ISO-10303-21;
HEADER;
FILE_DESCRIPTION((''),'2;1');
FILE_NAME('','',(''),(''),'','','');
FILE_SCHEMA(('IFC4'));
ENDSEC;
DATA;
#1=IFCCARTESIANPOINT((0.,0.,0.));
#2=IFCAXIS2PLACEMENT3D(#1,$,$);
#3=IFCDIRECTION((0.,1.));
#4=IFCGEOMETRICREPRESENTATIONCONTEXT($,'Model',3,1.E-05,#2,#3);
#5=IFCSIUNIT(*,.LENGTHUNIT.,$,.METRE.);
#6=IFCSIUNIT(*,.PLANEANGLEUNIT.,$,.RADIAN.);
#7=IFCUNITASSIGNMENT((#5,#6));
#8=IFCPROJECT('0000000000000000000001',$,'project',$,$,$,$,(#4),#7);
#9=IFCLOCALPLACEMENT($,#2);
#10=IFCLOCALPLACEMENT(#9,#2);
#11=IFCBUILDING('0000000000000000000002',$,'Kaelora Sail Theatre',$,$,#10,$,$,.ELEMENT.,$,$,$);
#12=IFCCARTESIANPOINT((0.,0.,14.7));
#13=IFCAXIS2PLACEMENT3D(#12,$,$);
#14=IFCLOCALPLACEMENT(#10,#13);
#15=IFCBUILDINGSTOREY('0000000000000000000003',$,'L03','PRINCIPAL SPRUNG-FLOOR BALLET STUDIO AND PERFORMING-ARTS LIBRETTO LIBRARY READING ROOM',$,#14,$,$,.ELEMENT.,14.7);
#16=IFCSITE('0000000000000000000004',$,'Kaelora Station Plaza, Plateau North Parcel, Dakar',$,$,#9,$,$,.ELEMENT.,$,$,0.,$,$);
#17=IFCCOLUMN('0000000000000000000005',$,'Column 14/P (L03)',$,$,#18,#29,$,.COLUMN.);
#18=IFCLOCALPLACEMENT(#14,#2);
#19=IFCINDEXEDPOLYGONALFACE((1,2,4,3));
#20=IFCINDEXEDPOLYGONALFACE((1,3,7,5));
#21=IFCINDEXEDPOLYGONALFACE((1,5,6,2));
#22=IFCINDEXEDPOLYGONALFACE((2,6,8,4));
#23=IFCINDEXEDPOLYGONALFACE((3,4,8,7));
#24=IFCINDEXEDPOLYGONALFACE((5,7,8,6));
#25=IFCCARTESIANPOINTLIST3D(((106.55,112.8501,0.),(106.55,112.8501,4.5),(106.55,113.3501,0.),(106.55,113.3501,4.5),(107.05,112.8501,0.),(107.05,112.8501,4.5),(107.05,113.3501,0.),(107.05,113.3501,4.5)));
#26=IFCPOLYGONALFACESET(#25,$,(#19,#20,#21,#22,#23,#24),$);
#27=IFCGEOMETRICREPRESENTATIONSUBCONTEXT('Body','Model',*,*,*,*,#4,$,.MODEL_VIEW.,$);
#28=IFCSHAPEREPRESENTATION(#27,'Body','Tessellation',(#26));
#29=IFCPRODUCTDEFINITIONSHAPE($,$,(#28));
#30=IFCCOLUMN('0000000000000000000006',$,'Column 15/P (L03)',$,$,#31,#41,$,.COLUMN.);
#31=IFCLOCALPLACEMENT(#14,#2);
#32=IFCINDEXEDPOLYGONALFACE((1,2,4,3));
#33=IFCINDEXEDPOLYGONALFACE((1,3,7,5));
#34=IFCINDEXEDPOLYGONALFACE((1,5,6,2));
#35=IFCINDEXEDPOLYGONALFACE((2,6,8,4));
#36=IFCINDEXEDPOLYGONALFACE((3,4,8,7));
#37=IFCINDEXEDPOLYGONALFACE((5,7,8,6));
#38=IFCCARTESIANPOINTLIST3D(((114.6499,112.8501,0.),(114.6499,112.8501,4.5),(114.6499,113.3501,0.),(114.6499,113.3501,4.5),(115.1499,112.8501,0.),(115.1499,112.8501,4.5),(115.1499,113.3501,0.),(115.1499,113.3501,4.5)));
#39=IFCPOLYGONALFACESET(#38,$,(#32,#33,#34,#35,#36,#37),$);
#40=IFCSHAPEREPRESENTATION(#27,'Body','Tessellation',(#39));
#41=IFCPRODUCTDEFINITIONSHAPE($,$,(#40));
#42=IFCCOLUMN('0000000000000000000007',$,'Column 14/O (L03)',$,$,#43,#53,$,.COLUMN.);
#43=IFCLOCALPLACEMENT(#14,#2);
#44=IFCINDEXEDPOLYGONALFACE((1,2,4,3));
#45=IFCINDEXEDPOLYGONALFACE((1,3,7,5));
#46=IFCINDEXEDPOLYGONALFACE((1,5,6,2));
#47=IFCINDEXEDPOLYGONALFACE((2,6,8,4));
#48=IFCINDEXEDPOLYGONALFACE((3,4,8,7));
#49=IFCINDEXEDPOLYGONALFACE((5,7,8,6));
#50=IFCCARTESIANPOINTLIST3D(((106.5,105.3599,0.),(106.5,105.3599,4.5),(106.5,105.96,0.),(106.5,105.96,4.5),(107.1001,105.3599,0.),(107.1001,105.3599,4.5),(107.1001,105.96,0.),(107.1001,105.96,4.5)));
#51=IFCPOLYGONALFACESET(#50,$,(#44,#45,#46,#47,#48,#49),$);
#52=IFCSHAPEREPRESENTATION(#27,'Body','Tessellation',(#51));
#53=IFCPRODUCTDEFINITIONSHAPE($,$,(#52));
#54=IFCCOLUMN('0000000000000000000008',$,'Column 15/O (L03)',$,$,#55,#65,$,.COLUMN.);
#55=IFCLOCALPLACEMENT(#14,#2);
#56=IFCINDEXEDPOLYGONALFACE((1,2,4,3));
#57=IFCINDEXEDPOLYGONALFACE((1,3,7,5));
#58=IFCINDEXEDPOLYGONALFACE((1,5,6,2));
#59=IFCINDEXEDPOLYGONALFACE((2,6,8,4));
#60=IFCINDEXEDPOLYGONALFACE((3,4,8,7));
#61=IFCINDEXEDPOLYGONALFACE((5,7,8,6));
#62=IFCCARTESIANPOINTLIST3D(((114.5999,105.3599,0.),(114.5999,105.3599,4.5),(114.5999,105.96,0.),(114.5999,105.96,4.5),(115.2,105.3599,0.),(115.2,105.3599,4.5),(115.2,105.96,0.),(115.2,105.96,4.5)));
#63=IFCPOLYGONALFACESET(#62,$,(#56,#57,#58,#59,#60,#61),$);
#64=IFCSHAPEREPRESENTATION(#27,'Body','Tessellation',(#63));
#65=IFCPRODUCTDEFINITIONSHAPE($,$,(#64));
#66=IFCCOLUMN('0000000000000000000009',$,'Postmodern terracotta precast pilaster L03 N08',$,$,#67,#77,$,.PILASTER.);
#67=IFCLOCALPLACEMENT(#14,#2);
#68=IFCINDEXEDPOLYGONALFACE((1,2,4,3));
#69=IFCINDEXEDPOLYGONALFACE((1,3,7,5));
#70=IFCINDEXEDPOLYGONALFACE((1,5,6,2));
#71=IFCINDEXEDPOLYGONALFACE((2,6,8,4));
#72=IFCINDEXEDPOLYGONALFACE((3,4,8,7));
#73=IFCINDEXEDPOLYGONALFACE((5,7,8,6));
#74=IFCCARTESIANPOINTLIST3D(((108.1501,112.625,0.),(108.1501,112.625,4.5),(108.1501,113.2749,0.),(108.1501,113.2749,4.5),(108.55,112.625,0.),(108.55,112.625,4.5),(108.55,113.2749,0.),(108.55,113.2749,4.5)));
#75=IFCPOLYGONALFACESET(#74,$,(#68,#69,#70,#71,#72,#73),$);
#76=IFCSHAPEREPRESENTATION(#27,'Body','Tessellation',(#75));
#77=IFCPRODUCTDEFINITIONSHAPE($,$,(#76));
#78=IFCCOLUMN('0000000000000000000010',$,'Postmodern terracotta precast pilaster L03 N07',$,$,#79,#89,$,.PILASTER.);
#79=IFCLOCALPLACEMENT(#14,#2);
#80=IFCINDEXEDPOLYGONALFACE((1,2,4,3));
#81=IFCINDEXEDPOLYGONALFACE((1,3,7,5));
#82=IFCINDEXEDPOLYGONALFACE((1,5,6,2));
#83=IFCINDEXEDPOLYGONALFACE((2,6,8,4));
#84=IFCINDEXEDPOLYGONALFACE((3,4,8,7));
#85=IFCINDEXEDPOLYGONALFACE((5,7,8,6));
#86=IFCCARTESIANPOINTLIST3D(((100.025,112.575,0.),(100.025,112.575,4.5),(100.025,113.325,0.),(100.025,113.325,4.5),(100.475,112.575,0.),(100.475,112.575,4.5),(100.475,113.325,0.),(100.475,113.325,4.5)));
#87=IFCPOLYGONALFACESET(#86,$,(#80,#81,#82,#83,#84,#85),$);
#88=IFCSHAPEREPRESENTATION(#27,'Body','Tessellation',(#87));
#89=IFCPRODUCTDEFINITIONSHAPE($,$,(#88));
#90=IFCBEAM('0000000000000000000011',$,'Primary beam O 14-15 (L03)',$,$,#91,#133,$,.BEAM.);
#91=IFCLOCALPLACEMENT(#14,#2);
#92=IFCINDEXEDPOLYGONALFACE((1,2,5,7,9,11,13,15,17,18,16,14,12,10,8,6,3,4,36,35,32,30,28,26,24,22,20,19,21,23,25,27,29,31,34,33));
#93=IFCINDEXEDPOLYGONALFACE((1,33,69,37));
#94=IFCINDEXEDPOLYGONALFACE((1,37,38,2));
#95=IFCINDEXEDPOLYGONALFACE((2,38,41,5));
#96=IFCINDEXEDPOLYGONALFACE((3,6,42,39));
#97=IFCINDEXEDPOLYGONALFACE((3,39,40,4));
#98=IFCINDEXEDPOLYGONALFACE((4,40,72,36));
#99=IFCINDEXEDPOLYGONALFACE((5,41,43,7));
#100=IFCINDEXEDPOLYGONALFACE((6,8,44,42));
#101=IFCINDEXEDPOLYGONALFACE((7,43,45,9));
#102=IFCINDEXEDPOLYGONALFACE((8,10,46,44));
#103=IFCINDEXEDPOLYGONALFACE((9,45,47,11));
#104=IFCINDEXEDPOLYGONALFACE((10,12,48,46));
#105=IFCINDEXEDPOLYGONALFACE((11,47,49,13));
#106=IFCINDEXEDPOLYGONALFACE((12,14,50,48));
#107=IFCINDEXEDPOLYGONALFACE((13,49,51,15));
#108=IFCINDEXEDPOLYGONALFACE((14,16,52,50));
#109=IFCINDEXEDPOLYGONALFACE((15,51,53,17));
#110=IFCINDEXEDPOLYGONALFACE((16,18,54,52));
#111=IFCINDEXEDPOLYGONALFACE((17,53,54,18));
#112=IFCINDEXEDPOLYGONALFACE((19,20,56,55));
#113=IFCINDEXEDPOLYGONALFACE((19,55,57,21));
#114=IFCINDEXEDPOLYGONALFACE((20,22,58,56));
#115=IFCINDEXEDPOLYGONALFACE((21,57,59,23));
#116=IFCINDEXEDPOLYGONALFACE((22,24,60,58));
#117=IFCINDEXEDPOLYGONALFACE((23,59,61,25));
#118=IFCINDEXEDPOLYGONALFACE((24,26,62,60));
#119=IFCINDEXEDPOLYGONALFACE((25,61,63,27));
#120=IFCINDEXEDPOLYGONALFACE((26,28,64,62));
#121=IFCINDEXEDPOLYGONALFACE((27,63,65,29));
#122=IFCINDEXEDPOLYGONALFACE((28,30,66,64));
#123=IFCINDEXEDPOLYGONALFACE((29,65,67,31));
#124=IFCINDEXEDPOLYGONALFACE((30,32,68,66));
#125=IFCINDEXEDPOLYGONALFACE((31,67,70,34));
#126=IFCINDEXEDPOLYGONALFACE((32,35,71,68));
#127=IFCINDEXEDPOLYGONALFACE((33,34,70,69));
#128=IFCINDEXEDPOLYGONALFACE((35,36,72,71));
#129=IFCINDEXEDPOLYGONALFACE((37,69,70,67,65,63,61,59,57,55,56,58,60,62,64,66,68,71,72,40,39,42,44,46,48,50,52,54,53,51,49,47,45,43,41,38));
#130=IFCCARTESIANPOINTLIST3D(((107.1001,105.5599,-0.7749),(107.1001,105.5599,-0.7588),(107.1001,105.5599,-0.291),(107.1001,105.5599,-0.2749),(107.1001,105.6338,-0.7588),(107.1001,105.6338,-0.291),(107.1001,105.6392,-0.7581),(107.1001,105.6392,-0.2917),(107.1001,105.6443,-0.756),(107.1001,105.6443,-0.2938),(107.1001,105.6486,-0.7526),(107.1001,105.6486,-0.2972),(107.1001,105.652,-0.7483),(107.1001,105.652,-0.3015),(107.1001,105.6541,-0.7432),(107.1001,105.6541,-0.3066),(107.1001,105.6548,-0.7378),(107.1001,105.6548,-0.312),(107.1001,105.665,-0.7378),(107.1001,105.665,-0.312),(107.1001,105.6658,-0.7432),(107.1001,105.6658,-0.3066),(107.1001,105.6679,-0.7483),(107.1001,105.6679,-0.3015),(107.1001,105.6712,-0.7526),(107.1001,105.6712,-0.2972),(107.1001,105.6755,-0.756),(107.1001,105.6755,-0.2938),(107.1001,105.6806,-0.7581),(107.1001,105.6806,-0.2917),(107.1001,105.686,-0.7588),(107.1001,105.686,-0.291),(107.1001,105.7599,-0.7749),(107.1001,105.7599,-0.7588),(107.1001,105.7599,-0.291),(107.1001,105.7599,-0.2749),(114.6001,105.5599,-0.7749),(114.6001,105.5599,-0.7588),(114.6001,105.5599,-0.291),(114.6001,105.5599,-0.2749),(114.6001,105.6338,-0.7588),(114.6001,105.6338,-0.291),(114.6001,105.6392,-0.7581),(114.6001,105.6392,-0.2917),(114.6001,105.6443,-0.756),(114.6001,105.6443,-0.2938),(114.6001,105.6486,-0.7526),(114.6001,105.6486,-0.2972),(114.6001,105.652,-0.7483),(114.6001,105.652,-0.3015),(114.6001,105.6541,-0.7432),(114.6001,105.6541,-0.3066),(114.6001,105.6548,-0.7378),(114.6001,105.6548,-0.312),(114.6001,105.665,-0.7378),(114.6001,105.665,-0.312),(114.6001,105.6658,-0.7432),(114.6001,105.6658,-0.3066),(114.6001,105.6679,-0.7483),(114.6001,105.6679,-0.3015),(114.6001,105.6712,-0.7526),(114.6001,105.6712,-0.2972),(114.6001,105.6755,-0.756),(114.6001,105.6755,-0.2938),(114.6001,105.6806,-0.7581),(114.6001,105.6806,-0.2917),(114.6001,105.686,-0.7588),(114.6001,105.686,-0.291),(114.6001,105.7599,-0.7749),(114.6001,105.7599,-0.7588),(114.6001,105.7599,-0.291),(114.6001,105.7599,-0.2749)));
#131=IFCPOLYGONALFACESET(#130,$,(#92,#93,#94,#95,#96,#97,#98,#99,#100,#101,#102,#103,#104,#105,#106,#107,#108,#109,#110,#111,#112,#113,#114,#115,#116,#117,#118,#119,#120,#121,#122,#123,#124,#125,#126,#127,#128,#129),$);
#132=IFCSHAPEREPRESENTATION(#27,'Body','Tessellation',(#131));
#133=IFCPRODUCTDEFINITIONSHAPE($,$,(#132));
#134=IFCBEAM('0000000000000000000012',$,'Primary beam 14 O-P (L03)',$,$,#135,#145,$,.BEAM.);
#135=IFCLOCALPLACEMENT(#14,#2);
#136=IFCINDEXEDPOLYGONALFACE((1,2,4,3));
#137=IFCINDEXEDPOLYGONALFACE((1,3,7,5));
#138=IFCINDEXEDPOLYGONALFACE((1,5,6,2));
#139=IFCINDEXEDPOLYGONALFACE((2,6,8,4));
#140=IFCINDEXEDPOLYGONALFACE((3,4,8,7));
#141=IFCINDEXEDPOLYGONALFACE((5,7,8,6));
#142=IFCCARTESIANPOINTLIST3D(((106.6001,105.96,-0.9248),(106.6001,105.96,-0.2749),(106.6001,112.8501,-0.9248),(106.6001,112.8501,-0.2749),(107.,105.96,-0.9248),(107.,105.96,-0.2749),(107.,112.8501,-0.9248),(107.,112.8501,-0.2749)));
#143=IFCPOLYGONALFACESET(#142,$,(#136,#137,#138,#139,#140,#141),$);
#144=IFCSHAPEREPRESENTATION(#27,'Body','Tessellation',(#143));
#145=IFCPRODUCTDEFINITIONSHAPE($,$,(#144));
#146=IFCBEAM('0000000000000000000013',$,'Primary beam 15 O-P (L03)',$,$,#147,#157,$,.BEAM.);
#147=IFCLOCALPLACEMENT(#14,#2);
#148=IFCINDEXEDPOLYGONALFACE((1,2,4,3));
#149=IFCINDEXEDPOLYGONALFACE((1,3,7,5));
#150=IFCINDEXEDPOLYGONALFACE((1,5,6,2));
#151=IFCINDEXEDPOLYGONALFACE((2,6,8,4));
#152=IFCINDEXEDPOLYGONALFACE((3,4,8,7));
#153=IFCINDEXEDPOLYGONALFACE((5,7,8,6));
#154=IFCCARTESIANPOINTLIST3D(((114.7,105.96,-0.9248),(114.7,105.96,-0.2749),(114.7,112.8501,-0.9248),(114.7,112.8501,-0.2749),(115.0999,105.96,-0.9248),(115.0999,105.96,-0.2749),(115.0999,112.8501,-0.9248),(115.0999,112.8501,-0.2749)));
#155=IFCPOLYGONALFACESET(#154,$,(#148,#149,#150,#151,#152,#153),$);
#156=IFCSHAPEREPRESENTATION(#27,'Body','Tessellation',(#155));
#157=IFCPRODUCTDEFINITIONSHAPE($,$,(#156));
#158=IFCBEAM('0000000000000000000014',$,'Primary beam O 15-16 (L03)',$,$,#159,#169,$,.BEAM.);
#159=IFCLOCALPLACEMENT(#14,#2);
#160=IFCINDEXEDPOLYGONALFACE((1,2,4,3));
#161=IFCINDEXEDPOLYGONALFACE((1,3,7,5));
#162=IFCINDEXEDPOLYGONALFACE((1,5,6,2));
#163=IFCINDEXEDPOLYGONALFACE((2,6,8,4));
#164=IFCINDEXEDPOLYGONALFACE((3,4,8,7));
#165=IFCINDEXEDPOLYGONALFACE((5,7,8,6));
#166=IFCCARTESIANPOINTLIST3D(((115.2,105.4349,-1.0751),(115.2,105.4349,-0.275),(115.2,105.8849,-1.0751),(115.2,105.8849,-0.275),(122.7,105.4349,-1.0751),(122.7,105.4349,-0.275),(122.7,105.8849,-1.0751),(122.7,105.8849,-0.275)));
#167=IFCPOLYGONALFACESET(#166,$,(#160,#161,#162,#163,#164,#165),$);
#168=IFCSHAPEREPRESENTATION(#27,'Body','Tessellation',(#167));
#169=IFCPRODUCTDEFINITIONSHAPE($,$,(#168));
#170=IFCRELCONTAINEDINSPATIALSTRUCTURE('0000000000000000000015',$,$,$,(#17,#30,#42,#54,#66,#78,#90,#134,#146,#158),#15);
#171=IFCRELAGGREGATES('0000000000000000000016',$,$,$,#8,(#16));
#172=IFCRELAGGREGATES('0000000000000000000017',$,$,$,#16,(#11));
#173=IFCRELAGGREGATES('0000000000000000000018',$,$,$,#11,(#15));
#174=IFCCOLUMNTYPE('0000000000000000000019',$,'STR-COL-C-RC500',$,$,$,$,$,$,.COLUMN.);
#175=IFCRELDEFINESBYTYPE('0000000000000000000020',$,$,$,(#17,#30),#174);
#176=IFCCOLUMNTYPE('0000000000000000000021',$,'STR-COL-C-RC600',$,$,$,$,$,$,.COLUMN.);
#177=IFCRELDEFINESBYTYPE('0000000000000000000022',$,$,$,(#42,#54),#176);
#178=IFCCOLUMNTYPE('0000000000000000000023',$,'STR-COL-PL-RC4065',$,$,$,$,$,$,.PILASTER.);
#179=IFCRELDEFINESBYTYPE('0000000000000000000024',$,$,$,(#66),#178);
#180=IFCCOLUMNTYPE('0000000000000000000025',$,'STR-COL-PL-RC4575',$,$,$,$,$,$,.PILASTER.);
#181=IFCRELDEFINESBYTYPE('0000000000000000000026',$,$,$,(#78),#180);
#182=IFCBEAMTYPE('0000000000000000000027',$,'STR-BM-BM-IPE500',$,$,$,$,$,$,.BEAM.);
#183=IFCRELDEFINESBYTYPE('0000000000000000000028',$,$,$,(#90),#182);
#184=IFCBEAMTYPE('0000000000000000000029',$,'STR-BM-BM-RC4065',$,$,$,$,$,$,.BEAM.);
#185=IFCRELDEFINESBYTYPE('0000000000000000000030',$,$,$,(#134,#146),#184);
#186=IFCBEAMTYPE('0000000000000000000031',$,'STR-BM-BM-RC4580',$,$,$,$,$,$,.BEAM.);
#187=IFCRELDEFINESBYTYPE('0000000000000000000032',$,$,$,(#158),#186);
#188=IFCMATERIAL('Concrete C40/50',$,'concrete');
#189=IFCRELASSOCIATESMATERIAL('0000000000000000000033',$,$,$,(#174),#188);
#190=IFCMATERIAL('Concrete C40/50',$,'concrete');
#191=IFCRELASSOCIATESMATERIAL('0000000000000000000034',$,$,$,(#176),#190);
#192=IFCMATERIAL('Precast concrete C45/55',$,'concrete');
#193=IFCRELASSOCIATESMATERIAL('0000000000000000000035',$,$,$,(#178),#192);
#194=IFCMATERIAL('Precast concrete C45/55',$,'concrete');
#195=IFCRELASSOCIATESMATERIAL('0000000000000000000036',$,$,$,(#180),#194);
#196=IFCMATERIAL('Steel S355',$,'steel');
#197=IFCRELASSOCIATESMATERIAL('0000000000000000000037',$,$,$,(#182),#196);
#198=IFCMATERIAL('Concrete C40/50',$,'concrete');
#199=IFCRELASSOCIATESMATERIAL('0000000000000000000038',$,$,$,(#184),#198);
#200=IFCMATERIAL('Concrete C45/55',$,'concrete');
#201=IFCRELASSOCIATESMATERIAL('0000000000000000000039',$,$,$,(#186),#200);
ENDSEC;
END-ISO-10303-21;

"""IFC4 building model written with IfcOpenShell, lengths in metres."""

from ifc_helpers import new_model, si_unit, direction, frame, origin, origin_2d, place, context, subcontext, project, spatial, rectangle, i_section, extrude, material, material_profile, profile_set, type_object, element, save


model = new_model("IFC4")

# Units and contexts
model_context = context("Model", 3, precision=1e-05, world=origin(), true_north=direction((0.0, 1.0)))
body_context = subcontext(model_context, "Body", "Model", "MODEL_VIEW")
ifc_project = project(units=[si_unit("LENGTHUNIT", "METRE"), si_unit("PLANEANGLEUNIT", "RADIAN")], contexts=[model_context])

# Site, building, storey
site_placement = place(None, origin())
site = spatial("IfcSite", under=ifc_project, at=site_placement, Name="Kaelora Station Plaza, Plateau North Parcel, Dakar", CompositionType="ELEMENT", RefElevation=0.0)
building_placement = place(site_placement, origin())
building = spatial("IfcBuilding", under=site, at=building_placement, Name="Kaelora Sail Theatre", CompositionType="ELEMENT")
storey_placement = place(building_placement, frame((0.0, 0.0, 14.7)))
storey = spatial("IfcBuildingStorey", under=building, at=storey_placement, Name="L03", Description="PRINCIPAL SPRUNG-FLOOR BALLET STUDIO AND PERFORMING-ARTS LIBRETTO LIBRARY READING ROOM", CompositionType="ELEMENT", Elevation=14.7)

# Columns
ifc_material_1 = material(Name="Concrete C40/50", Category="concrete")
ifc_material_profile_1 = material_profile(ifc_material_1, rectangle(XDim=0.5, YDim=0.5, at=origin_2d()), Name="RC-COL 500x500")
ifc_profile_set_1 = profile_set([ifc_material_profile_1], Name="Concrete C40/50")
column_type_1 = type_object("IfcColumnType", Name="STR-COL-C-RC500", PredefinedType="COLUMN", material=ifc_profile_set_1)
for number, where, z_axis, x_axis, name in (
    (1, (106.8, 113.1001, 0.0), (0.0, 0.0, 1.0), (1.0, 0.0, 0.0), "Column 14/P (L03)"),
    (2, (114.8999, 113.1001, 0.0), (0.0, 0.0, 1.0), (1.0, 0.0, 0.0), "Column 15/P (L03)"),
):
    element("IfcColumn", number, at=place(storey_placement, frame(where, z_axis=z_axis, x_axis=x_axis)), inside=storey, type_object=column_type_1, Name=name, PredefinedType="COLUMN", context=body_context, shape_type="SweptSolid", body=[
        extrude(rectangle(XDim=0.5, YDim=0.5, at=origin_2d()), origin(), (0.0, 0.0, 1.0), 4.5),
    ])
ifc_material_2 = material(Name="Concrete C40/50", Category="concrete")
ifc_material_profile_2 = material_profile(ifc_material_2, rectangle(XDim=0.6001, YDim=0.6001, at=origin_2d()), Name="RC-COL 600x600")
ifc_profile_set_2 = profile_set([ifc_material_profile_2], Name="Concrete C40/50")
column_type_2 = type_object("IfcColumnType", Name="STR-COL-C-RC600", PredefinedType="COLUMN", material=ifc_profile_set_2)
for number, where, z_axis, x_axis, name in (
    (3, (106.8, 105.6599, 0.0), (0.0, 0.0, 1.0), (1.0, 0.0, 0.0), "Column 14/O (L03)"),
    (4, (114.8999, 105.6599, 0.0), (0.0, 0.0, 1.0), (1.0, 0.0, 0.0), "Column 15/O (L03)"),
):
    element("IfcColumn", number, at=place(storey_placement, frame(where, z_axis=z_axis, x_axis=x_axis)), inside=storey, type_object=column_type_2, Name=name, PredefinedType="COLUMN", context=body_context, shape_type="SweptSolid", body=[
        extrude(rectangle(XDim=0.6001, YDim=0.6001, at=origin_2d()), origin(), (0.0, 0.0, 1.0), 4.5),
    ])
ifc_material_3 = material(Name="Precast concrete C45/55", Category="concrete")
ifc_material_profile_3 = material_profile(ifc_material_3, rectangle(XDim=0.3999, YDim=0.6499, at=origin_2d()), Name="RC-PIL 400x650")
ifc_profile_set_3 = profile_set([ifc_material_profile_3], Name="Precast concrete C45/55")
column_type_3 = type_object("IfcColumnType", Name="STR-COL-PL-RC4065", PredefinedType="PILASTER", material=ifc_profile_set_3)
column_1_placement = place(storey_placement, frame((108.3501, 112.95, 0.0), z_axis=(0.0, 0.0, 1.0), x_axis=(1.0, 0.0, 0.0)))
element("IfcColumn", 5, at=column_1_placement, inside=storey, type_object=column_type_3, Name="Postmodern terracotta precast pilaster L03 N08", PredefinedType="PILASTER", context=body_context, shape_type="SweptSolid", body=[
    extrude(rectangle(XDim=0.3999, YDim=0.6499, at=origin_2d()), origin(), (0.0, 0.0, 1.0), 4.5),
])
ifc_material_4 = material(Name="Precast concrete C45/55", Category="concrete")
ifc_material_profile_4 = material_profile(ifc_material_4, rectangle(XDim=0.45, YDim=0.75, at=origin_2d()), Name="RC-PIL 450x750")
ifc_profile_set_4 = profile_set([ifc_material_profile_4], Name="Precast concrete C45/55")
column_type_4 = type_object("IfcColumnType", Name="STR-COL-PL-RC4575", PredefinedType="PILASTER", material=ifc_profile_set_4)
column_2_placement = place(storey_placement, frame((100.25, 112.95, 0.0), z_axis=(0.0, 0.0, 1.0), x_axis=(1.0, 0.0, 0.0)))
element("IfcColumn", 6, at=column_2_placement, inside=storey, type_object=column_type_4, Name="Postmodern terracotta precast pilaster L03 N07", PredefinedType="PILASTER", context=body_context, shape_type="SweptSolid", body=[
    extrude(rectangle(XDim=0.45, YDim=0.75, at=origin_2d()), origin(), (0.0, 0.0, 1.0), 4.5),
])

# Beams
ifc_material_5 = material(Name="Steel S355", Category="steel")
ifc_material_profile_5 = material_profile(ifc_material_5, i_section(OverallWidth=0.2, OverallDepth=0.5, WebThickness=0.0103, FlangeThickness=0.0161, FilletRadius=0.021, at=origin_2d()), Name="IPE 500")
ifc_profile_set_5 = profile_set([ifc_material_profile_5], Name="Steel S355")
beam_type_1 = type_object("IfcBeamType", Name="STR-BM-BM-IPE500", PredefinedType="BEAM", material=ifc_profile_set_5)
beam_1_placement = place(storey_placement, frame((107.1001, 105.6599, -0.5249), z_axis=(1.0, 0.0, 0.0), x_axis=(0.0, 1.0, 0.0)))
element("IfcBeam", 7, at=beam_1_placement, inside=storey, type_object=beam_type_1, Name="Primary beam O 14-15 (L03)", PredefinedType="BEAM", context=body_context, shape_type="SweptSolid", body=[
    extrude(i_section(OverallWidth=0.2, OverallDepth=0.5, WebThickness=0.0103, FlangeThickness=0.0161, FilletRadius=0.021, at=origin_2d()), origin(), (0.0, 0.0, 1.0), 7.5),
])
ifc_material_6 = material(Name="Concrete C40/50", Category="concrete")
ifc_material_profile_6 = material_profile(ifc_material_6, rectangle(XDim=0.3999, YDim=0.6499, at=origin_2d()), Name="RC-BM 400x650")
ifc_profile_set_6 = profile_set([ifc_material_profile_6], Name="Concrete C40/50")
beam_type_2 = type_object("IfcBeamType", Name="STR-BM-BM-RC4065", PredefinedType="BEAM", material=ifc_profile_set_6)
for number, where, z_axis, x_axis, name in (
    (8, (106.8, 105.96, -0.5999), (0.0, 1.0, 0.0), (-1.0, 0.0, 0.0), "Primary beam 14 O-P (L03)"),
    (9, (114.8999, 105.96, -0.5999), (0.0, 1.0, 0.0), (-1.0, 0.0, 0.0), "Primary beam 15 O-P (L03)"),
):
    element("IfcBeam", number, at=place(storey_placement, frame(where, z_axis=z_axis, x_axis=x_axis)), inside=storey, type_object=beam_type_2, Name=name, PredefinedType="BEAM", context=body_context, shape_type="SweptSolid", body=[
        extrude(rectangle(XDim=0.3999, YDim=0.6499, at=origin_2d()), origin(), (0.0, 0.0, 1.0), 6.8901),
    ])
ifc_material_7 = material(Name="Concrete C45/55", Category="concrete")
ifc_material_profile_7 = material_profile(ifc_material_7, rectangle(XDim=0.45, YDim=0.8, at=origin_2d()), Name="RC-BM 450x800")
ifc_profile_set_7 = profile_set([ifc_material_profile_7], Name="Concrete C45/55")
beam_type_3 = type_object("IfcBeamType", Name="STR-BM-BM-RC4580", PredefinedType="BEAM", material=ifc_profile_set_7)
beam_2_placement = place(storey_placement, frame((115.2, 105.6599, -0.675), z_axis=(1.0, 0.0, 0.0), x_axis=(0.0, 1.0, 0.0)))
element("IfcBeam", 10, at=beam_2_placement, inside=storey, type_object=beam_type_3, Name="Primary beam O 15-16 (L03)", PredefinedType="BEAM", context=body_context, shape_type="SweptSolid", body=[
    extrude(rectangle(XDim=0.45, YDim=0.8, at=origin_2d()), origin(), (0.0, 0.0, 1.0), 7.5),
])

save(model, "model.ifc")
